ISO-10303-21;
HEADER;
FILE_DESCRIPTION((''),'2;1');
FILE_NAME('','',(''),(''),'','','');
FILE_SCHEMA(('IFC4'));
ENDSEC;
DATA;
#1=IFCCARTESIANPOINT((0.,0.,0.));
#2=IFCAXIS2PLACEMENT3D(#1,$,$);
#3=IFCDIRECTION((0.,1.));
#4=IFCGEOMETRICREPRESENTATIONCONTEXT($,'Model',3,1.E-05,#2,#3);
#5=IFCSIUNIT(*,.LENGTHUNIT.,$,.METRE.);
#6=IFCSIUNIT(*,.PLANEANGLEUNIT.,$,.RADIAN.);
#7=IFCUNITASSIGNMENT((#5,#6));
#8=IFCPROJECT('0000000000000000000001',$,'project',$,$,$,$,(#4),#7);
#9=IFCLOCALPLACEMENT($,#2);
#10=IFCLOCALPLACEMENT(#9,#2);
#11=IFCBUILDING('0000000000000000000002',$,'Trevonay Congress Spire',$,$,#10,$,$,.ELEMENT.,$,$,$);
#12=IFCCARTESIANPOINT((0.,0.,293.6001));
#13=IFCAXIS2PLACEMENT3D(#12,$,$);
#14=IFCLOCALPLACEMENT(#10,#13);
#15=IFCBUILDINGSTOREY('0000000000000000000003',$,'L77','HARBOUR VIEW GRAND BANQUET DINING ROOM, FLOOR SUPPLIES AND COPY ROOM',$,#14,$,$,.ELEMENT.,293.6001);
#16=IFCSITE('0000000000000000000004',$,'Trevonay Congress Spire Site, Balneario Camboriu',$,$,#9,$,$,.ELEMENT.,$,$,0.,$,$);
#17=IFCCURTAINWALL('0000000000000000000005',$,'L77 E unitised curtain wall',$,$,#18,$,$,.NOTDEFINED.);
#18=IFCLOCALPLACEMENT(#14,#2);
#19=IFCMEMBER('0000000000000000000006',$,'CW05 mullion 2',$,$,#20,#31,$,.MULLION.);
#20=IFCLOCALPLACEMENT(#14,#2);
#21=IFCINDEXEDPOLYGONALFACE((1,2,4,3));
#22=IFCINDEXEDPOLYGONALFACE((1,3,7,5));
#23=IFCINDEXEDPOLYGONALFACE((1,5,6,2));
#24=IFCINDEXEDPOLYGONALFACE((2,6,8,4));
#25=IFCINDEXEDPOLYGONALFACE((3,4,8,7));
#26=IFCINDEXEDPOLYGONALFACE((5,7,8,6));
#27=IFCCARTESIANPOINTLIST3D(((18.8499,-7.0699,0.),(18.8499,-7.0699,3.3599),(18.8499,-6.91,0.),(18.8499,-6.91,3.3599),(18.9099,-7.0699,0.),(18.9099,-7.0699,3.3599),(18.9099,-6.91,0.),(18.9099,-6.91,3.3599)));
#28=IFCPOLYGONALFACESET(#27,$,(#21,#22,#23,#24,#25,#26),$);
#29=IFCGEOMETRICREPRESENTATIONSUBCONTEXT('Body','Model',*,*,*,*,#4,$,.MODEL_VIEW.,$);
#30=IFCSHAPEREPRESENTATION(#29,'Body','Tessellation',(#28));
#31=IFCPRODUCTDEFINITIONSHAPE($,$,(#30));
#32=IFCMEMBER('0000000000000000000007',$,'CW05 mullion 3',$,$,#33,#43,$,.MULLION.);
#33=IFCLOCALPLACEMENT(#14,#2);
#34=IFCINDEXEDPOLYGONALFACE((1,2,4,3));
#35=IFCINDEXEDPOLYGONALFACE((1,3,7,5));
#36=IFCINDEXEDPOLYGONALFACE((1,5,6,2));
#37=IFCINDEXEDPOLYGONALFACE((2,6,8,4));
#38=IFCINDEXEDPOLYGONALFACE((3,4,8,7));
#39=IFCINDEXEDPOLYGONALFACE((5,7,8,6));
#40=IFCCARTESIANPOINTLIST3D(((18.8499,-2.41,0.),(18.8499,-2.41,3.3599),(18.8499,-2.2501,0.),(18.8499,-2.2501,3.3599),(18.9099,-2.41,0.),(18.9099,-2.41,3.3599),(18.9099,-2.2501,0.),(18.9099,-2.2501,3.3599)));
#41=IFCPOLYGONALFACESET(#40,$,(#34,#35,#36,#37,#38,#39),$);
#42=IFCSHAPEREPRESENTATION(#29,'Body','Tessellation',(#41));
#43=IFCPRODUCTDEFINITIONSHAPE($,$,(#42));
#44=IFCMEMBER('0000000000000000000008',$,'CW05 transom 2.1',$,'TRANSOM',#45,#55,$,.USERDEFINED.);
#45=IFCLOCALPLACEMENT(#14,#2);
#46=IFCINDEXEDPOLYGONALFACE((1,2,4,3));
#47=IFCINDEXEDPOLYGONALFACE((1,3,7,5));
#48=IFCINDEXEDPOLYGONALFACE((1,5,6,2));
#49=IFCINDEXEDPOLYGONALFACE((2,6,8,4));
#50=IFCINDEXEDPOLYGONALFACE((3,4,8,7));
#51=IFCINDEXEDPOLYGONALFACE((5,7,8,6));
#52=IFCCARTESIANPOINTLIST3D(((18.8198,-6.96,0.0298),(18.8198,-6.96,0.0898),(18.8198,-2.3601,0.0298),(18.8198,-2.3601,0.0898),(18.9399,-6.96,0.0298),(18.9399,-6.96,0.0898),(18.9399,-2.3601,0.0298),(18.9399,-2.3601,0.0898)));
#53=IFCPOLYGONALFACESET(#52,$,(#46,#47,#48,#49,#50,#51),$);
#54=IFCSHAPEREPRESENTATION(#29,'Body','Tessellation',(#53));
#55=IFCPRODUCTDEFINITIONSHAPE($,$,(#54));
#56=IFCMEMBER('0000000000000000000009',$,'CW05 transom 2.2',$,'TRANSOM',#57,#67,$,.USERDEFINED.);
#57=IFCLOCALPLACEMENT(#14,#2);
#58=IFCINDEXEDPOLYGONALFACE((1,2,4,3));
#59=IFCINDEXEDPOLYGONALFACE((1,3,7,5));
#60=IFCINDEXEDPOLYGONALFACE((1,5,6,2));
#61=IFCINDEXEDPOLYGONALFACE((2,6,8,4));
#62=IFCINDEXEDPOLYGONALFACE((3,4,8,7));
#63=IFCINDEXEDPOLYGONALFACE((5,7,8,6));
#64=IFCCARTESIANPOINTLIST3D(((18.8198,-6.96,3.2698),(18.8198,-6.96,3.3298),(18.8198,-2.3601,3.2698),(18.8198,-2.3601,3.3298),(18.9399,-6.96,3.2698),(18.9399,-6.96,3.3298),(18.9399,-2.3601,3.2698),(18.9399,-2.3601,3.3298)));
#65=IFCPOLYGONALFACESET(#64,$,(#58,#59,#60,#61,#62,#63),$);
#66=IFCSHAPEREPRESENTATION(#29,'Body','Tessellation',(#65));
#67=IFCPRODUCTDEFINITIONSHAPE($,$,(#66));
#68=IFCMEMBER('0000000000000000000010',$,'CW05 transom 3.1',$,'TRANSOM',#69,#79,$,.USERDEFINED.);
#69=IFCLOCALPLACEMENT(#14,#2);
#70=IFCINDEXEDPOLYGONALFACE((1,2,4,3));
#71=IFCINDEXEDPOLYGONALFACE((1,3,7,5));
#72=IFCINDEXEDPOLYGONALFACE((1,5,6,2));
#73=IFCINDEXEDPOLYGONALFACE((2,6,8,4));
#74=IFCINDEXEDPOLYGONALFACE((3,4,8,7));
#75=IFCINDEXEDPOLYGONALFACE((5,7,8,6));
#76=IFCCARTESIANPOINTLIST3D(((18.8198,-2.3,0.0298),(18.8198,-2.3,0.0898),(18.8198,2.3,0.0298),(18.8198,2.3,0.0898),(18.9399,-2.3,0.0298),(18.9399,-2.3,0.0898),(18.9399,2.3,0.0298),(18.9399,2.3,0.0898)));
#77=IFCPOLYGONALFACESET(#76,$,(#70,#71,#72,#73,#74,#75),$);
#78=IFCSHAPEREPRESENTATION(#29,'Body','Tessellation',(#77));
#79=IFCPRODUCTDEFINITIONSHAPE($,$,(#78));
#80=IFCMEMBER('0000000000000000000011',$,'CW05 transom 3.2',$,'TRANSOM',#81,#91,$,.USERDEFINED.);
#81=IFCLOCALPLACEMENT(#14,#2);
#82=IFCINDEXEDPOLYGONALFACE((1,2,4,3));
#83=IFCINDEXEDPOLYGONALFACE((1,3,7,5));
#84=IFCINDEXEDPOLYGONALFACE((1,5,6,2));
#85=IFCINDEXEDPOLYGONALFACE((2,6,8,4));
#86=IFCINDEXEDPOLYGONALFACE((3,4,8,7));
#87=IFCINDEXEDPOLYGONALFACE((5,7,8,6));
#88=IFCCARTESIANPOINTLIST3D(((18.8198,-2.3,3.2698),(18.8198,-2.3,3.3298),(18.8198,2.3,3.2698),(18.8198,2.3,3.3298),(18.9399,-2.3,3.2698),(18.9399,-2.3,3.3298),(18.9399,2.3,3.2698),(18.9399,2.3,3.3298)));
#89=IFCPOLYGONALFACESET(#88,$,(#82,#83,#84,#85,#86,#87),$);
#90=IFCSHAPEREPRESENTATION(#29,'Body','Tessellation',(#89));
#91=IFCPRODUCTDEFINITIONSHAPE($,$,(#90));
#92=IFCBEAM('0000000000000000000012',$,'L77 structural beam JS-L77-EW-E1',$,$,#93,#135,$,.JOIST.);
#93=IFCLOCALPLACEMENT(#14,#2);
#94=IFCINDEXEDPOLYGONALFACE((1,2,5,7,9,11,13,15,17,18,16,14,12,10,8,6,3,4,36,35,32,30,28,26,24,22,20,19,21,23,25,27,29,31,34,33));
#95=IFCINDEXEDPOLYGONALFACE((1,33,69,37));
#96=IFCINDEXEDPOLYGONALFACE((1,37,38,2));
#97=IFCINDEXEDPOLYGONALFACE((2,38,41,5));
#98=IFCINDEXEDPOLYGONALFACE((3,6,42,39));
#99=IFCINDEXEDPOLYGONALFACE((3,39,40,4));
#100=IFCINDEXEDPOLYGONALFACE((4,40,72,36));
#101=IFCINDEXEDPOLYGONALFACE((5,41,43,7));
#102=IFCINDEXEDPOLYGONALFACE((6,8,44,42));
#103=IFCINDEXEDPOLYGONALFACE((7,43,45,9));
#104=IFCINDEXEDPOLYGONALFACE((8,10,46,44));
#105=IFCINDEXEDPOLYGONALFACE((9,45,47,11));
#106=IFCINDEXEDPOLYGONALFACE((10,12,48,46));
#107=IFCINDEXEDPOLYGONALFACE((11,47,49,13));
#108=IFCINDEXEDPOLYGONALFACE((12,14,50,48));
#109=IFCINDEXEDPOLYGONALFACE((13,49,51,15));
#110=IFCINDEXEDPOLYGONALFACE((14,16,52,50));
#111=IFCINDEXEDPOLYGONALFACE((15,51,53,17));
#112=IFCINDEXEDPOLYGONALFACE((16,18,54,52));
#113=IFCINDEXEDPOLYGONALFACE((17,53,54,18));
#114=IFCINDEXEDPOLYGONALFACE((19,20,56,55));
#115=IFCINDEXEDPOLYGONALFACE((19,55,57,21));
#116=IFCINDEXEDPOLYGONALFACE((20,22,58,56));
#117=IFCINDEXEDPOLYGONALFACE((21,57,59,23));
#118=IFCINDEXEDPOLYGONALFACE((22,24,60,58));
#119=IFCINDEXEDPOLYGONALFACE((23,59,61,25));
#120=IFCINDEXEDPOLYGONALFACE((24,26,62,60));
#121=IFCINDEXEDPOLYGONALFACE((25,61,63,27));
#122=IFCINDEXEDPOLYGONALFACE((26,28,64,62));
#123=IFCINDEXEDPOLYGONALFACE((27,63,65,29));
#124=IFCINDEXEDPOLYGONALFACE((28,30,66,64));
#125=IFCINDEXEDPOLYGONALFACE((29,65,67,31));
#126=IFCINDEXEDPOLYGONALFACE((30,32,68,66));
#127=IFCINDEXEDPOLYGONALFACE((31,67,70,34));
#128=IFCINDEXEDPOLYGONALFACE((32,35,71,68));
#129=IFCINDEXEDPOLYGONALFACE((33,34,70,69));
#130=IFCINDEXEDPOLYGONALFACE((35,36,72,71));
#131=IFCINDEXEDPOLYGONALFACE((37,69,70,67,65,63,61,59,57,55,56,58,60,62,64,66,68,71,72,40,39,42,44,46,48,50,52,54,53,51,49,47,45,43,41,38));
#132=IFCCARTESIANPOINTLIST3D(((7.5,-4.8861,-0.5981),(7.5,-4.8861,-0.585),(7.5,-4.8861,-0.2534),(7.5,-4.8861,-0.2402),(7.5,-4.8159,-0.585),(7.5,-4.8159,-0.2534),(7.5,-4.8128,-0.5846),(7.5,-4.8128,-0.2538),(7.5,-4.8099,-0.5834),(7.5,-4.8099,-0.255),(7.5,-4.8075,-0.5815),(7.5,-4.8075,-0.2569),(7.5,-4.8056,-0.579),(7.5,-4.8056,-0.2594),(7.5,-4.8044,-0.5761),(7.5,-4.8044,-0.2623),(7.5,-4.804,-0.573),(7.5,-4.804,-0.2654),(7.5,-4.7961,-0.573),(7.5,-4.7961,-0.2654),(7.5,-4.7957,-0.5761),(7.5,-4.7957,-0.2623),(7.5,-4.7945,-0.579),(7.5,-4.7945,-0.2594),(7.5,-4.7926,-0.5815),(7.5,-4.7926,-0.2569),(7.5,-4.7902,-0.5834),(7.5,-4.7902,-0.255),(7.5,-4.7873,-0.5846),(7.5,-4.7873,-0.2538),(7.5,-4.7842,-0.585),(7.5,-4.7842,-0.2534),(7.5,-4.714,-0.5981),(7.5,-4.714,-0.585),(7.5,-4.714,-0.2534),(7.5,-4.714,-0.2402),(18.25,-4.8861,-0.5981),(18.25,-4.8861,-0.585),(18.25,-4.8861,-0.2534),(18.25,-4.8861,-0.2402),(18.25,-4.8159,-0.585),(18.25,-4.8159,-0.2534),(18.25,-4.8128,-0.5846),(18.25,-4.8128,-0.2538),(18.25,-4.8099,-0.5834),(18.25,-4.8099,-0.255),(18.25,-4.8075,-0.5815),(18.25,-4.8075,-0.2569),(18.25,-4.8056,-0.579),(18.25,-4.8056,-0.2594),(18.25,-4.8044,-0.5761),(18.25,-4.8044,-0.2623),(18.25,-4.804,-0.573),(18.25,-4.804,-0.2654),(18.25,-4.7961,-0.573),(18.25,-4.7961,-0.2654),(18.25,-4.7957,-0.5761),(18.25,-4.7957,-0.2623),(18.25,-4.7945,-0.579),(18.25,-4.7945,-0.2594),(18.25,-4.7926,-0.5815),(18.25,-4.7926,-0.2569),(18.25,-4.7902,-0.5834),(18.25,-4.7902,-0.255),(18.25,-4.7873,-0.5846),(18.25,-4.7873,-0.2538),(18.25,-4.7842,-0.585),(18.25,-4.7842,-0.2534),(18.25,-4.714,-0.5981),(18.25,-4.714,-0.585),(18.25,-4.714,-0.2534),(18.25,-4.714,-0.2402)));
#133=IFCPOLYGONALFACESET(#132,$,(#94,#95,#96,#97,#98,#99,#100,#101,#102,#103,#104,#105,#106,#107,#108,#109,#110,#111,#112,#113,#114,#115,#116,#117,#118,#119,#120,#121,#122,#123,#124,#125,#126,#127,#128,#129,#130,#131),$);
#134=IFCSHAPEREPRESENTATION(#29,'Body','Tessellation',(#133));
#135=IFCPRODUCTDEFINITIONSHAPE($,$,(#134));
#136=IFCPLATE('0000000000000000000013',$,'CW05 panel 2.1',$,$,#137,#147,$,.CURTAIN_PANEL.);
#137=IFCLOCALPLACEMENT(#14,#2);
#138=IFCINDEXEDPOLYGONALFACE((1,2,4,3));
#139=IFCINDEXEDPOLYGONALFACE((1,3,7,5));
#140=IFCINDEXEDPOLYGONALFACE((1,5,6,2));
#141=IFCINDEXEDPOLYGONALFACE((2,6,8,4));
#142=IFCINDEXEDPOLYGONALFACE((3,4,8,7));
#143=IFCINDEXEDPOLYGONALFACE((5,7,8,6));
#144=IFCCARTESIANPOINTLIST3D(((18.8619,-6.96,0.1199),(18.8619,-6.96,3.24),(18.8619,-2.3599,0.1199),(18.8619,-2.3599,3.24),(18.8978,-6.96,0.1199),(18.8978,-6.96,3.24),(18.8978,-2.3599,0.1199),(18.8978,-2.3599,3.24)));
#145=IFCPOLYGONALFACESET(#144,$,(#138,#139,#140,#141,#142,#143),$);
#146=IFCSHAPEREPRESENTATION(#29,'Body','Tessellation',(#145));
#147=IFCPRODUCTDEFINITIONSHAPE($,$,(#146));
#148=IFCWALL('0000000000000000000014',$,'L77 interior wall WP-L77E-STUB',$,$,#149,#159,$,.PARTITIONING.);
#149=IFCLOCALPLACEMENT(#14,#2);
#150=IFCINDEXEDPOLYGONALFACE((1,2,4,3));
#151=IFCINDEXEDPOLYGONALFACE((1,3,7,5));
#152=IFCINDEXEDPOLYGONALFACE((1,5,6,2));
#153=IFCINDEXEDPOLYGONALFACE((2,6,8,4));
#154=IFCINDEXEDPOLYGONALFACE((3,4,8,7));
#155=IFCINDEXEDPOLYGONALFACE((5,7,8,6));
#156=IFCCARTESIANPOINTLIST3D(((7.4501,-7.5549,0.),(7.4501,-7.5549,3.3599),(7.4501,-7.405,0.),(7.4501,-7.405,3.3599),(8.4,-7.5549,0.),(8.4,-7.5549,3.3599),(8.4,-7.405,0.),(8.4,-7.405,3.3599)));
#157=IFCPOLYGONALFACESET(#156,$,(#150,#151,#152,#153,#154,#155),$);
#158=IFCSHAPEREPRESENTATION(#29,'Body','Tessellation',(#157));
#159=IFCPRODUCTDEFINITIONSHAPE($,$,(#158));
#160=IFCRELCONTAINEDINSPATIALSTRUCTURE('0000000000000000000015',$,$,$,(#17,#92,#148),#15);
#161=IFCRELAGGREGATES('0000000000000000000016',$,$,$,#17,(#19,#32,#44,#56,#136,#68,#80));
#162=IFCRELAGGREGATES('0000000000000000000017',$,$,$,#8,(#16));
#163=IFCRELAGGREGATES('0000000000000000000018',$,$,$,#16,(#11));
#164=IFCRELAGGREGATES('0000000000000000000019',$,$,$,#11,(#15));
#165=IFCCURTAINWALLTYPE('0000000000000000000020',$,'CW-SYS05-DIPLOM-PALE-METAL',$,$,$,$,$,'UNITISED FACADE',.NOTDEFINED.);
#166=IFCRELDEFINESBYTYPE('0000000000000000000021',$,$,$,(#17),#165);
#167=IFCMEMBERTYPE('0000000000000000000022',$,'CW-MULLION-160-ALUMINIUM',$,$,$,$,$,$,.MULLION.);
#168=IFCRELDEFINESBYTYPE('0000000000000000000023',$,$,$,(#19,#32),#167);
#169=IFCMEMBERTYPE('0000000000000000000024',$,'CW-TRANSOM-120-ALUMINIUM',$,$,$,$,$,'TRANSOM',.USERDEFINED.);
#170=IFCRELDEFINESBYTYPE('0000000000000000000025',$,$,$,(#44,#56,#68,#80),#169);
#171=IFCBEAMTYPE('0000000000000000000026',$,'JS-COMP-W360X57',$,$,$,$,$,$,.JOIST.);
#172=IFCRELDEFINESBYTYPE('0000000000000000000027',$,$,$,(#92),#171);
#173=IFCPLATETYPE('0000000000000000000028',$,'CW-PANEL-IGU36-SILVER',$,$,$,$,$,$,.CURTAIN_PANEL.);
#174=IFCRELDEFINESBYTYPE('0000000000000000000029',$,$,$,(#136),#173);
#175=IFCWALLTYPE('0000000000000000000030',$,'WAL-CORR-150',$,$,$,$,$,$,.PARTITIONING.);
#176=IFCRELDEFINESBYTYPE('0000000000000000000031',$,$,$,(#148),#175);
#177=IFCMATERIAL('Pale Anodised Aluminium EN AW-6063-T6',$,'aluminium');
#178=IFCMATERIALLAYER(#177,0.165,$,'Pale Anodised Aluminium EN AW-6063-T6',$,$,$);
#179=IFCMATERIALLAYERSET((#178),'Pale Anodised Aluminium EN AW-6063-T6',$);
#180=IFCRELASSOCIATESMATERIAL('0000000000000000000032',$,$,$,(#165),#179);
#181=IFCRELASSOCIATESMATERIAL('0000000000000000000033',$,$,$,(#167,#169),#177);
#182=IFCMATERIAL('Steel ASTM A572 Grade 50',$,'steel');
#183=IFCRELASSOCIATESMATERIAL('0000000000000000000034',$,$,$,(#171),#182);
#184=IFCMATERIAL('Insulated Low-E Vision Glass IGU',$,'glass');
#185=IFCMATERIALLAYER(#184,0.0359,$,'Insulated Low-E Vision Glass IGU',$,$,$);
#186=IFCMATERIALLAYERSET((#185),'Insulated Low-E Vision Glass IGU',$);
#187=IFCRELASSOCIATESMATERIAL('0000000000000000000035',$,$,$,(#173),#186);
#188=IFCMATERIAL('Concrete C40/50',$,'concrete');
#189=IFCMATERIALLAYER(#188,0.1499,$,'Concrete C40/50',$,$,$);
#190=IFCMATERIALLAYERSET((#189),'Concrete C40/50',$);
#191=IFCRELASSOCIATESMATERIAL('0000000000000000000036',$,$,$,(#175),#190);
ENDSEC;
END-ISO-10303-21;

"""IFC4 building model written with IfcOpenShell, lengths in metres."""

from ifc_helpers import new_model, si_unit, direction, frame, frame_2d, origin, origin_2d, place, context, subcontext, project, spatial, rectangle, i_section, extrude, material, layer, layer_set, material_profile, profile_set, type_object, element, aggregate, save


model = new_model("IFC4")

# Units and contexts
model_context = context("Model", 3, precision=1e-05, world=origin(), true_north=direction((0.0, 1.0)))
body_context = subcontext(model_context, "Body", "Model", "MODEL_VIEW")
ifc_project = project(units=[si_unit("LENGTHUNIT", "METRE"), si_unit("PLANEANGLEUNIT", "RADIAN")], contexts=[model_context])

# Site, building, storey
site_placement = place(None, origin())
site = spatial("IfcSite", under=ifc_project, at=site_placement, Name="Trevonay Congress Spire Site, Balneario Camboriu", CompositionType="ELEMENT", RefElevation=0.0)
building_placement = place(site_placement, origin())
building = spatial("IfcBuilding", under=site, at=building_placement, Name="Trevonay Congress Spire", CompositionType="ELEMENT")
storey_placement = place(building_placement, frame((0.0, 0.0, 293.6001)))
storey = spatial("IfcBuildingStorey", under=building, at=storey_placement, Name="L77", Description="HARBOUR VIEW GRAND BANQUET DINING ROOM, FLOOR SUPPLIES AND COPY ROOM", CompositionType="ELEMENT", Elevation=293.6001)

# Shared definitions
ifc_material_1 = material(Name="Steel ASTM A572 Grade 50", Category="steel")

# Curtain wall, members
ifc_material_2 = material(Name="Pale Anodised Aluminium EN AW-6063-T6", Category="aluminium")
ifc_layer_1 = layer(ifc_material_2, 0.165, Name="Pale Anodised Aluminium EN AW-6063-T6")
ifc_layer_set_1 = layer_set([ifc_layer_1], Name="Pale Anodised Aluminium EN AW-6063-T6")
curtain_wall_type = type_object("IfcCurtainWallType", Name="CW-SYS05-DIPLOM-PALE-METAL", ElementType="UNITISED FACADE", PredefinedType="NOTDEFINED", material=ifc_layer_set_1)
curtain_wall_placement = place(storey_placement, origin())
curtain_wall = element("IfcCurtainWall", 1, at=curtain_wall_placement, inside=storey, type_object=curtain_wall_type, Name="L77 E unitised curtain wall", PredefinedType="NOTDEFINED")
ifc_material_profile_1 = material_profile(ifc_material_2, rectangle(XDim=0.0601, YDim=0.1599, at=origin_2d()), Name="CW-MULLION-160-ALUMINIUM")
ifc_profile_set_1 = profile_set([ifc_material_profile_1], Name="Pale Anodised Aluminium EN AW-6063-T6")
member_type_1 = type_object("IfcMemberType", Name="CW-MULLION-160-ALUMINIUM", PredefinedType="MULLION", material=ifc_profile_set_1)
member_1_placement = place(storey_placement, frame((18.8799, -6.99, 0.0), z_axis=(0.0, 0.0, 1.0), x_axis=(-1.0, 0.0, 0.0)))
member_1 = element("IfcMember", 2, at=member_1_placement, type_object=member_type_1, Name="CW05 mullion 2", PredefinedType="MULLION", context=body_context, shape_type="SweptSolid", body=[
    extrude(rectangle(XDim=0.0601, YDim=0.1599, at=origin_2d()), origin(), (0.0, 0.0, 1.0), 3.3599),
])
member_2_placement = place(storey_placement, frame((18.8799, -2.3301, 0.0), z_axis=(0.0, 0.0, 1.0), x_axis=(-1.0, 0.0, 0.0)))
member_2 = element("IfcMember", 3, at=member_2_placement, type_object=member_type_1, Name="CW05 mullion 3", PredefinedType="MULLION", context=body_context, shape_type="SweptSolid", body=[
    extrude(rectangle(XDim=0.0601, YDim=0.1599, at=origin_2d()), origin(), (0.0, 0.0, 1.0), 3.3599),
])
ifc_material_profile_2 = material_profile(ifc_material_2, rectangle(XDim=0.1201, YDim=0.0601, at=origin_2d()), Name="CW-TRANSOM-120-ALUMINIUM")
ifc_profile_set_2 = profile_set([ifc_material_profile_2], Name="Pale Anodised Aluminium EN AW-6063-T6")
member_type_2 = type_object("IfcMemberType", Name="CW-TRANSOM-120-ALUMINIUM", ElementType="TRANSOM", PredefinedType="USERDEFINED", material=ifc_profile_set_2)
member_3_placement = place(storey_placement, frame((18.8799, -6.96, 0.0598), z_axis=(0.0, 1.0, 0.0), x_axis=(-1.0, 0.0, 0.0)))
member_3 = element("IfcMember", 4, at=member_3_placement, type_object=member_type_2, Name="CW05 transom 2.1", ObjectType="TRANSOM", PredefinedType="USERDEFINED", context=body_context, shape_type="SweptSolid", body=[
    extrude(rectangle(XDim=0.1201, YDim=0.0601, at=origin_2d()), origin(), (0.0, 0.0, 1.0), 4.5999),
])
member_4_placement = place(storey_placement, frame((18.8799, -6.96, 3.2998), z_axis=(0.0, 1.0, 0.0), x_axis=(-1.0, 0.0, 0.0)))
member_4 = element("IfcMember", 5, at=member_4_placement, type_object=member_type_2, Name="CW05 transom 2.2", ObjectType="TRANSOM", PredefinedType="USERDEFINED", context=body_context, shape_type="SweptSolid", body=[
    extrude(rectangle(XDim=0.1201, YDim=0.0601, at=origin_2d()), origin(), (0.0, 0.0, 1.0), 4.5999),
])
member_5_placement = place(storey_placement, frame((18.8799, -2.3, 0.0598), z_axis=(0.0, 1.0, 0.0), x_axis=(-1.0, 0.0, 0.0)))
member_5 = element("IfcMember", 6, at=member_5_placement, type_object=member_type_2, Name="CW05 transom 3.1", ObjectType="TRANSOM", PredefinedType="USERDEFINED", context=body_context, shape_type="SweptSolid", body=[
    extrude(rectangle(XDim=0.1201, YDim=0.0601, at=origin_2d()), origin(), (0.0, 0.0, 1.0), 4.6001),
])
member_6_placement = place(storey_placement, frame((18.8799, -2.3, 3.2998), z_axis=(0.0, 1.0, 0.0), x_axis=(-1.0, 0.0, 0.0)))
member_6 = element("IfcMember", 7, at=member_6_placement, type_object=member_type_2, Name="CW05 transom 3.2", ObjectType="TRANSOM", PredefinedType="USERDEFINED", context=body_context, shape_type="SweptSolid", body=[
    extrude(rectangle(XDim=0.1201, YDim=0.0601, at=origin_2d()), origin(), (0.0, 0.0, 1.0), 4.6001),
])

# Beam
ifc_material_profile_3 = material_profile(ifc_material_1, i_section(OverallWidth=0.1721, OverallDepth=0.3579, WebThickness=0.0078, FlangeThickness=0.0132, FilletRadius=0.012, at=origin_2d()), Name="W360x57.8")
ifc_profile_set_3 = profile_set([ifc_material_profile_3], Name="Steel ASTM A572 Grade 50")
beam_type_1 = type_object("IfcBeamType", Name="JS-COMP-W360X57", PredefinedType="JOIST", material=ifc_profile_set_3)
beam_1_placement = place(storey_placement, frame((7.5, -4.8, -0.4192), z_axis=(1.0, 0.0, 0.0), x_axis=(0.0, 1.0, 0.0)))
element("IfcBeam", 8, at=beam_1_placement, inside=storey, type_object=beam_type_1, Name="L77 structural beam JS-L77-EW-E1", PredefinedType="JOIST", context=body_context, shape_type="SweptSolid", body=[
    extrude(i_section(OverallWidth=0.1721, OverallDepth=0.3579, WebThickness=0.0078, FlangeThickness=0.0132, FilletRadius=0.012, at=origin_2d()), origin(), (0.0, 0.0, 1.0), 10.75),
])

# Plate
ifc_material_3 = material(Name="Insulated Low-E Vision Glass IGU", Category="glass")
ifc_layer_2 = layer(ifc_material_3, 0.0359, Name="Insulated Low-E Vision Glass IGU")
ifc_layer_set_2 = layer_set([ifc_layer_2], Name="Insulated Low-E Vision Glass IGU")
plate_type = type_object("IfcPlateType", Name="CW-PANEL-IGU36-SILVER", PredefinedType="CURTAIN_PANEL", material=ifc_layer_set_2)
plate_placement = place(storey_placement, frame((18.8799, -4.6599, 0.1199), z_axis=(0.0, 0.0, 1.0), x_axis=(0.0, 1.0, 0.0)))
plate = element("IfcPlate", 9, at=plate_placement, type_object=plate_type, Name="CW05 panel 2.1", PredefinedType="CURTAIN_PANEL", context=body_context, shape_type="SweptSolid", body=[
    extrude(rectangle(XDim=4.6001, YDim=0.0359, at=origin_2d()), origin(), (0.0, 0.0, 1.0), 3.1201),
])
aggregate(curtain_wall, [member_1, member_2, member_3, member_4, plate, member_5, member_6])

# Wall
ifc_material_4 = material(Name="Concrete C40/50", Category="concrete")
ifc_layer_3 = layer(ifc_material_4, 0.1499, Name="Concrete C40/50")
ifc_layer_set_3 = layer_set([ifc_layer_3], Name="Concrete C40/50")
wall_type_1 = type_object("IfcWallType", Name="WAL-CORR-150", PredefinedType="PARTITIONING", material=ifc_layer_set_3)
wall_1_placement = place(storey_placement, frame((7.45, -7.48, 0.0), z_axis=(0.0, 0.0, 1.0), x_axis=(1.0, 0.0, 0.0)))
element("IfcWall", 10, at=wall_1_placement, inside=storey, type_object=wall_type_1, Name="L77 interior wall WP-L77E-STUB", PredefinedType="PARTITIONING", context=body_context, shape_type="SweptSolid", body=[
    extrude(rectangle(XDim=0.95, YDim=0.1499, at=frame_2d((0.4751, 0.0))), origin(), (0.0, 0.0, 1.0), 3.3599),
])

save(model, "model.ifc")
